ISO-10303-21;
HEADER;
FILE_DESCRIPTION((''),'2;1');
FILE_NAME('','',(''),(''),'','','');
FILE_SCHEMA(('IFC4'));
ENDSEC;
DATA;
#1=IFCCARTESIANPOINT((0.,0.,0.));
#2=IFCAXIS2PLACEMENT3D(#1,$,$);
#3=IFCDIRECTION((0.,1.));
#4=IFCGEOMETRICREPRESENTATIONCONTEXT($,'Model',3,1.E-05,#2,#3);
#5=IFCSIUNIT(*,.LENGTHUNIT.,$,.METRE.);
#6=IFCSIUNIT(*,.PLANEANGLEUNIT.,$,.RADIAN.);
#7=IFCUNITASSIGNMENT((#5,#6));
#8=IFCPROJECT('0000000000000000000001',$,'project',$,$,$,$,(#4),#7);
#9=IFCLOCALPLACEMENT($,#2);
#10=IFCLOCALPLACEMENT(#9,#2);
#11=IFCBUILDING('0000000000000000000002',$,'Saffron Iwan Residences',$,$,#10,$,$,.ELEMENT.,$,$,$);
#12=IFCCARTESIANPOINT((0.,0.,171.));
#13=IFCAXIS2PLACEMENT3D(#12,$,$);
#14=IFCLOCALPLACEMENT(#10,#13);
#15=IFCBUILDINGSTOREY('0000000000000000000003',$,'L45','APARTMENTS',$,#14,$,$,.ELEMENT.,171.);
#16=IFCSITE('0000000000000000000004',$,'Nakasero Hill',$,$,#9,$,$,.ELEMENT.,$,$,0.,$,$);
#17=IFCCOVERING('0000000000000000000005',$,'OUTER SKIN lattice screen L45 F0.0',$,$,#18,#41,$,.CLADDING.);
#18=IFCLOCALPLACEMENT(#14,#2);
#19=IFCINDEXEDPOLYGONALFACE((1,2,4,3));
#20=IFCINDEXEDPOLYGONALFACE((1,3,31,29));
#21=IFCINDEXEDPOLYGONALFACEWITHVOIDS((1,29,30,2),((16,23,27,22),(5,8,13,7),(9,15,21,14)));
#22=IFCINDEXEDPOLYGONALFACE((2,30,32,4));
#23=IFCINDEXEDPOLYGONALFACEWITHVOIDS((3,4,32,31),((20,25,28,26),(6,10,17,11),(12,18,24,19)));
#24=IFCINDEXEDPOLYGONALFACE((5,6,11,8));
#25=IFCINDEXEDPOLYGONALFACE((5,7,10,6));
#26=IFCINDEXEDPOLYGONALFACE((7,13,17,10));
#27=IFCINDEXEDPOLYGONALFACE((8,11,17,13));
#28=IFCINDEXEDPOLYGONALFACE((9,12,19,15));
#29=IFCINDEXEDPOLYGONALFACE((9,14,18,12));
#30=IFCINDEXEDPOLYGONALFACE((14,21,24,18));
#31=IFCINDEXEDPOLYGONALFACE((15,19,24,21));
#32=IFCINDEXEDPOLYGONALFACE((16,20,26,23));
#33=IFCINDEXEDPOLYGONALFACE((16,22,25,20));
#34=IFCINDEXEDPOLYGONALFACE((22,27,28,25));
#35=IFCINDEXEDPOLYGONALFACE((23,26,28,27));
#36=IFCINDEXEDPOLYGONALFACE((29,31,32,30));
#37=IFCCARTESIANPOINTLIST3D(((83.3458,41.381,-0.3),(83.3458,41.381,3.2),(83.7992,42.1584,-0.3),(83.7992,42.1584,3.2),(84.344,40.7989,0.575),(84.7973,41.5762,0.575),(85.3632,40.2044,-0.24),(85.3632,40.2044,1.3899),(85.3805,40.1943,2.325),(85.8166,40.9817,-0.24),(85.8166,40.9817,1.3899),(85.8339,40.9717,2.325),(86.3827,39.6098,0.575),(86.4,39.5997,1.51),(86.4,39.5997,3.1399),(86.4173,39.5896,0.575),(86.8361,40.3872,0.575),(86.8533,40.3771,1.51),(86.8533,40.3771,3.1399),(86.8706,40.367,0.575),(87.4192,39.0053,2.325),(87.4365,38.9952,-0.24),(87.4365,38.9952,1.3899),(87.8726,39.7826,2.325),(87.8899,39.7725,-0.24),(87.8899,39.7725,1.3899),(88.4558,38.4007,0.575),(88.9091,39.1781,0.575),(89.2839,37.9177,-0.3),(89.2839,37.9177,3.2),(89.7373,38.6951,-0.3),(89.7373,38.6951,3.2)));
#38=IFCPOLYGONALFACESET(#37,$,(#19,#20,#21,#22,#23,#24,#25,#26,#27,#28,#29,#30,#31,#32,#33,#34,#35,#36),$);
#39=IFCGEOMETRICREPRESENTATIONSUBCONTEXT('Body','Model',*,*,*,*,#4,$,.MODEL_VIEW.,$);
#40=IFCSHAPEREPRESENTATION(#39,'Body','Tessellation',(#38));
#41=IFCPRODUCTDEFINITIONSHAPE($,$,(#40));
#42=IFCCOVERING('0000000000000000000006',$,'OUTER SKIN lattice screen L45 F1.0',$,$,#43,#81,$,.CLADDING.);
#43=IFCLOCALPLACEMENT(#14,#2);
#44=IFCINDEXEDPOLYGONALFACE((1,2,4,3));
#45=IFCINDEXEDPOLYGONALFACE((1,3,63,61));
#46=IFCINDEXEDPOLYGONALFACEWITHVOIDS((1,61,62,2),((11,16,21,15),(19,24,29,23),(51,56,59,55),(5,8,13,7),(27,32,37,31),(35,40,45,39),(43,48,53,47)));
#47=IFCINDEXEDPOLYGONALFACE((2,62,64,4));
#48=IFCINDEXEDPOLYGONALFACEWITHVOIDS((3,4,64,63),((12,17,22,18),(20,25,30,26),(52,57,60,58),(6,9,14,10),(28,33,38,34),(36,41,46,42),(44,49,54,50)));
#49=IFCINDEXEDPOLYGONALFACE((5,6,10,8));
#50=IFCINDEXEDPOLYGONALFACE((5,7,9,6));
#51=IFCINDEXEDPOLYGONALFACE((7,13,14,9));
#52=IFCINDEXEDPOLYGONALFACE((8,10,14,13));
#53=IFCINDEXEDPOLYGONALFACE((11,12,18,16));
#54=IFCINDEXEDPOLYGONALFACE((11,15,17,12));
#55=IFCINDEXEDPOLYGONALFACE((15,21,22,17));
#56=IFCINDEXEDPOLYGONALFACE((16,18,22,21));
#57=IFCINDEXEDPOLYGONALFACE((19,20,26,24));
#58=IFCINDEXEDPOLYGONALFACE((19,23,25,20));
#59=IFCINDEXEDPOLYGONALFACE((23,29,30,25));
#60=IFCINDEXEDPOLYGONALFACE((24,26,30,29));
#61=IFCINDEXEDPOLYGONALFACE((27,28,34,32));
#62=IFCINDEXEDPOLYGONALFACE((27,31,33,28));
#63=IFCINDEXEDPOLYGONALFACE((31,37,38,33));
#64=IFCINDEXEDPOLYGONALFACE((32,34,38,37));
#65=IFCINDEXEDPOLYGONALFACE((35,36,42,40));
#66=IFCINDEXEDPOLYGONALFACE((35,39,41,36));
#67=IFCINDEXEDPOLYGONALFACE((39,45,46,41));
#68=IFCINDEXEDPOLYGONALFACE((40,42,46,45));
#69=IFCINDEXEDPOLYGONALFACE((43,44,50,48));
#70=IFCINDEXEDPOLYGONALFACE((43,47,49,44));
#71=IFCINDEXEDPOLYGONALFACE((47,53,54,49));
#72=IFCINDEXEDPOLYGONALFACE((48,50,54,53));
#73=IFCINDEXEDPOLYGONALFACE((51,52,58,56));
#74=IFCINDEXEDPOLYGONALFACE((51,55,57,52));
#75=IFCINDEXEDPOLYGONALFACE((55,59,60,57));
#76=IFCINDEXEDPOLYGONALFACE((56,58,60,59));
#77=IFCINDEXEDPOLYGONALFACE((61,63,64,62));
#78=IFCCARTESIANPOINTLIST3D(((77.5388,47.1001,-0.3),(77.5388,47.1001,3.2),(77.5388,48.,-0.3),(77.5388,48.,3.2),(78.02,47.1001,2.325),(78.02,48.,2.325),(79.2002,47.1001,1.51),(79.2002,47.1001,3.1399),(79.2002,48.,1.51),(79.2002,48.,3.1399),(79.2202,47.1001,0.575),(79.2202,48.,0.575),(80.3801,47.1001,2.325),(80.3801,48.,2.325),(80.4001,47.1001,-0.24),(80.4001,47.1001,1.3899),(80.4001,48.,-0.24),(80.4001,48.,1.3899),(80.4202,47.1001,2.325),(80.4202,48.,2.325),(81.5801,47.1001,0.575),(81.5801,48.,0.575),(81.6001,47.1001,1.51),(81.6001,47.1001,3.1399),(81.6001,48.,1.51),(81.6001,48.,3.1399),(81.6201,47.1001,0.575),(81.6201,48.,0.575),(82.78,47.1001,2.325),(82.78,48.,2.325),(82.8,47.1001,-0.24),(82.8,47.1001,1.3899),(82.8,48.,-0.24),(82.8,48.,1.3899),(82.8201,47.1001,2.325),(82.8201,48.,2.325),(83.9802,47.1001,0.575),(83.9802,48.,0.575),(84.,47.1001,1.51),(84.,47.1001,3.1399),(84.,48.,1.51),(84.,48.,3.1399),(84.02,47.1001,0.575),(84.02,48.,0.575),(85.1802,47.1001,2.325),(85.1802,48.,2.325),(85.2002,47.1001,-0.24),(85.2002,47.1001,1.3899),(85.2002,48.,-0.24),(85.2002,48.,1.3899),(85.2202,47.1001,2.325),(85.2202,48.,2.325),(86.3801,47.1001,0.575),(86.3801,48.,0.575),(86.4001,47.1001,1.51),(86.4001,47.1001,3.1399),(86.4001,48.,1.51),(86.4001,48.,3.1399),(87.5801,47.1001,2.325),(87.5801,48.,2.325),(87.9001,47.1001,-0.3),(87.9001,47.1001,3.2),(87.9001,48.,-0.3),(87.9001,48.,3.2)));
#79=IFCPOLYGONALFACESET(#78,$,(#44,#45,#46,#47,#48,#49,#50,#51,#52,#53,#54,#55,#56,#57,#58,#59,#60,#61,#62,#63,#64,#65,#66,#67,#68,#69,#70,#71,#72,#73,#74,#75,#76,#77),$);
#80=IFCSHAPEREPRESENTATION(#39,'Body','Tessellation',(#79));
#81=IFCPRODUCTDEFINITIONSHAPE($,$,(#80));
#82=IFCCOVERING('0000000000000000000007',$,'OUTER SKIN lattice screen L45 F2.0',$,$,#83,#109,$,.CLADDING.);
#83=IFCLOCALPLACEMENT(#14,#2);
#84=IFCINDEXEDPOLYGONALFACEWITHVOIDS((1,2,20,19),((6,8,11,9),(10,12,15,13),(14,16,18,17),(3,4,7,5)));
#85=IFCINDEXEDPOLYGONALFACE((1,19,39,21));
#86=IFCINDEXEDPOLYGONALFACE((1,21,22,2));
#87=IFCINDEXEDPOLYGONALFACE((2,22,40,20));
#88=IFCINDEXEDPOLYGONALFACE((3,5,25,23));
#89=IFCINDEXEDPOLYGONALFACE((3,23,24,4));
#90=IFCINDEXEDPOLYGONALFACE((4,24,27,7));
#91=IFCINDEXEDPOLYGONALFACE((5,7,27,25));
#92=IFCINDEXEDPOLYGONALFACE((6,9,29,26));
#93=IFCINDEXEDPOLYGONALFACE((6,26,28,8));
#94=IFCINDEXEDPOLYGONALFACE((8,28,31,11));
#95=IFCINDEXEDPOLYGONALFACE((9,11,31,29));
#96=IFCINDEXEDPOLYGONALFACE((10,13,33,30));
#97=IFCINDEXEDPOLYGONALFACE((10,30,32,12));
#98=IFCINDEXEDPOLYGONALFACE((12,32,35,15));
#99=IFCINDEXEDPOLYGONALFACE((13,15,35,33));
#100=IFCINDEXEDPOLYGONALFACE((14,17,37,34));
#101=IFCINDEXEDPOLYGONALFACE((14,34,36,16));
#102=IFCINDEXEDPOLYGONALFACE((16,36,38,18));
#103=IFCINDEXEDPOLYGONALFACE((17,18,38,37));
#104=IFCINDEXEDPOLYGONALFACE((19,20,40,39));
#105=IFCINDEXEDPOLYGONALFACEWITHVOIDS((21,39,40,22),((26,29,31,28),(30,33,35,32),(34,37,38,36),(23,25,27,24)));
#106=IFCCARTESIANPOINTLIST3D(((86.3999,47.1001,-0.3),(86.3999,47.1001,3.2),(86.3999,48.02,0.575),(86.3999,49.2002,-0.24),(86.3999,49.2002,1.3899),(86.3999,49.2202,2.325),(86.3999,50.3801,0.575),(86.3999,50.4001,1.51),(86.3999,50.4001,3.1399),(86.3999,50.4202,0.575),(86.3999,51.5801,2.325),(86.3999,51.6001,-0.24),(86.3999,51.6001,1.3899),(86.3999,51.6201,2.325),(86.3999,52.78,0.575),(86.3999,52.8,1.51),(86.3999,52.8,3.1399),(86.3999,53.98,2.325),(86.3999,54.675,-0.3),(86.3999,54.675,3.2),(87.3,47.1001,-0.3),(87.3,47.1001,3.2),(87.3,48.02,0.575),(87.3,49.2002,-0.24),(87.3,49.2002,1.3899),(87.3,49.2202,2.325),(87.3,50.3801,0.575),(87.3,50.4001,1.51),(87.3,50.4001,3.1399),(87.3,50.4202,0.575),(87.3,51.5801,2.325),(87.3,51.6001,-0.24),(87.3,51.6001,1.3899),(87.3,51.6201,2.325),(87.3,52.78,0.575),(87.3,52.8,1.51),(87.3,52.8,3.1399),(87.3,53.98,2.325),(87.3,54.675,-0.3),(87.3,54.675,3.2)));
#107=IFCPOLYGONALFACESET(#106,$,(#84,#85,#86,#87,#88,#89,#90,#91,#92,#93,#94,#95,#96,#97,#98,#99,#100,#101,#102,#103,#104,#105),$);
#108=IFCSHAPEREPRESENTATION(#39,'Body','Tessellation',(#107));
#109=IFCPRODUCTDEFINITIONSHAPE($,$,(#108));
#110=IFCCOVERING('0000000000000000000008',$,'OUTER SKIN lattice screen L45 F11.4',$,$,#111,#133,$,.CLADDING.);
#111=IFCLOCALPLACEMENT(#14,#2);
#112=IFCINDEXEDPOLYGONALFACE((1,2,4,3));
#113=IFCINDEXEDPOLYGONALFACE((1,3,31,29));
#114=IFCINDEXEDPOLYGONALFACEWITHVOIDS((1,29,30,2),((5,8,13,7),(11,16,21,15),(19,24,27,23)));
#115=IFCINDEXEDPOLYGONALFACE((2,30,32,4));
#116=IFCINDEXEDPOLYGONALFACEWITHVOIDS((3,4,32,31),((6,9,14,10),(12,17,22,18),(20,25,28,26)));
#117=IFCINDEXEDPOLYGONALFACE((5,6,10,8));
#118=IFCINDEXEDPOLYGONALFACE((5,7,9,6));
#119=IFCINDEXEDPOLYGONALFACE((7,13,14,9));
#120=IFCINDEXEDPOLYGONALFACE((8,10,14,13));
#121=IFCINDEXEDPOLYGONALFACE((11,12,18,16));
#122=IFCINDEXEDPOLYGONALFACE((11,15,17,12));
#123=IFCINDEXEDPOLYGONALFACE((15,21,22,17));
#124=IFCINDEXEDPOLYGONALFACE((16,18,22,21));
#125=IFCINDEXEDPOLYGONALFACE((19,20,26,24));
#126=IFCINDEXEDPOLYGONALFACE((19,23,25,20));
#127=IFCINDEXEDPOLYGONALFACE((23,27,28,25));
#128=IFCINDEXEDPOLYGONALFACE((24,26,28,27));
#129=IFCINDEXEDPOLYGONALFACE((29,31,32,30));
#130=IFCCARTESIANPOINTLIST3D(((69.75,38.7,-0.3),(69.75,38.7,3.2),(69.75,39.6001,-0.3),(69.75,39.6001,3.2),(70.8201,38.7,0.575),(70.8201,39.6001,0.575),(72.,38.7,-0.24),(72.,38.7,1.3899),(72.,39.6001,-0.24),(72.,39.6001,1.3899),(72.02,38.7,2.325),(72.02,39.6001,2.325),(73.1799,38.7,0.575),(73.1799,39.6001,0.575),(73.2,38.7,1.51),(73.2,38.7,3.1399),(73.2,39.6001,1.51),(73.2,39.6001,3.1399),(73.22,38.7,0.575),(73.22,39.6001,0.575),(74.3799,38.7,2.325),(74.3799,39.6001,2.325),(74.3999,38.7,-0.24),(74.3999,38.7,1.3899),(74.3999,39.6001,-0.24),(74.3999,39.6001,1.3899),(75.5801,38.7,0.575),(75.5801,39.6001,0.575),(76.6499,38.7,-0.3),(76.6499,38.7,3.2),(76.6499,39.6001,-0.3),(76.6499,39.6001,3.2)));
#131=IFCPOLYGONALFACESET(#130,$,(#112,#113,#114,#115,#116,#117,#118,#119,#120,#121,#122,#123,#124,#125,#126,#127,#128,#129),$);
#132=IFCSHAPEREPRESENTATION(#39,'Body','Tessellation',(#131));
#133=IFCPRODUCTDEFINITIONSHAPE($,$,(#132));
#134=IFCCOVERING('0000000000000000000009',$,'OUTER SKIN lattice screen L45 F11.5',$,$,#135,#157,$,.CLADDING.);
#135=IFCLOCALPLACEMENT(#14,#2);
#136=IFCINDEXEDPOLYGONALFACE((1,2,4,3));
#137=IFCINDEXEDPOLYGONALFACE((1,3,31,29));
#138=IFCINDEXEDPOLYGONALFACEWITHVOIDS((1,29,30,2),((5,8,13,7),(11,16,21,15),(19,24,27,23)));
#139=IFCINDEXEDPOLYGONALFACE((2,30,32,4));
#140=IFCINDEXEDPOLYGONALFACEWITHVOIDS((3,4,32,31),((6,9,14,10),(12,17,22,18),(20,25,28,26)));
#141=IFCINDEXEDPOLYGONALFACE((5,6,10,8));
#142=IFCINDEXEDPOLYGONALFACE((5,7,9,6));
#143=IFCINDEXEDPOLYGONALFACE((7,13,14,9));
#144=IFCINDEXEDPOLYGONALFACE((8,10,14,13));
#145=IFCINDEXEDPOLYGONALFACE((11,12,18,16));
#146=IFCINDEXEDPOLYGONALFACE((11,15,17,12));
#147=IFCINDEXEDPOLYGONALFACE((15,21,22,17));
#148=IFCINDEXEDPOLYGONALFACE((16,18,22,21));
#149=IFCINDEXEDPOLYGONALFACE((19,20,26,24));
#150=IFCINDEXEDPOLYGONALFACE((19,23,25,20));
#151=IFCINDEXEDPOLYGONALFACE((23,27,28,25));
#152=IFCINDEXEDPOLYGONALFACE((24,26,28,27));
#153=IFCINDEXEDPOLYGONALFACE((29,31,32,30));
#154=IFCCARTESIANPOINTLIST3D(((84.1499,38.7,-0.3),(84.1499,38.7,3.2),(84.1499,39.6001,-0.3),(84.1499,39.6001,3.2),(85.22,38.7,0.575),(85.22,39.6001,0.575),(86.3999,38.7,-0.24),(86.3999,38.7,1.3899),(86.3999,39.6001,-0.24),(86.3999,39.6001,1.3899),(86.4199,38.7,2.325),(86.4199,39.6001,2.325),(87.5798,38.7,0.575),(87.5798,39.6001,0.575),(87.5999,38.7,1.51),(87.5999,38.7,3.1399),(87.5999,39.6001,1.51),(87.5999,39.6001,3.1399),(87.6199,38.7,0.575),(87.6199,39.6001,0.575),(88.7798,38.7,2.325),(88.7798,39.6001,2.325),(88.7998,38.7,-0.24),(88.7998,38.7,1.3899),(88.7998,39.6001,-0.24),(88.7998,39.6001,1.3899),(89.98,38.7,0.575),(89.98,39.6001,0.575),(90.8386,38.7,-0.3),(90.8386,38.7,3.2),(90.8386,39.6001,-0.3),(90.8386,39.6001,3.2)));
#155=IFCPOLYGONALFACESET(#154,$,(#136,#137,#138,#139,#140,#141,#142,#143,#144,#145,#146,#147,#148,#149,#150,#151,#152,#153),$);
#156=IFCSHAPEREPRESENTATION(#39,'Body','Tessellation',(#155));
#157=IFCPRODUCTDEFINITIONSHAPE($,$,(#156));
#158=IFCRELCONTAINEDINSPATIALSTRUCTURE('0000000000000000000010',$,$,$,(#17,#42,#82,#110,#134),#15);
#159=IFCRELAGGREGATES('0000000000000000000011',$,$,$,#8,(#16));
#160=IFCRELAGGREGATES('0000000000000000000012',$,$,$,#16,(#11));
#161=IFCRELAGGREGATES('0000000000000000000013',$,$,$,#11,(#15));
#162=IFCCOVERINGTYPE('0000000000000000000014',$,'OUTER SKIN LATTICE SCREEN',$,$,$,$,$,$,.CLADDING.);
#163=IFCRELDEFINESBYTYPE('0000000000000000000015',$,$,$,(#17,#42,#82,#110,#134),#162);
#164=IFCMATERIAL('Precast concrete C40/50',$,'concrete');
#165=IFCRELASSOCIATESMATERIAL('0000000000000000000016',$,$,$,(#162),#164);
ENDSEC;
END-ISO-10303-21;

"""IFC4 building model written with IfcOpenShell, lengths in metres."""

from ifc_helpers import new_model, si_unit, direction, frame, origin, place, context, subcontext, project, spatial, polyline, outline, extrude, material, type_object, element, save


model = new_model("IFC4")

# Units and contexts
model_context = context("Model", 3, precision=1e-05, world=origin(), true_north=direction((0.0, 1.0)))
body_context = subcontext(model_context, "Body", "Model", "MODEL_VIEW")
ifc_project = project(units=[si_unit("LENGTHUNIT", "METRE"), si_unit("PLANEANGLEUNIT", "RADIAN")], contexts=[model_context])

# Site, building, storey
site_placement = place(None, origin())
site = spatial("IfcSite", under=ifc_project, at=site_placement, Name="Nakasero Hill", CompositionType="ELEMENT", RefElevation=0.0)
building_placement = place(site_placement, origin())
building = spatial("IfcBuilding", under=site, at=building_placement, Name="Saffron Iwan Residences", CompositionType="ELEMENT")
storey_placement = place(building_placement, frame((0.0, 0.0, 171.0)))
storey = spatial("IfcBuildingStorey", under=building, at=storey_placement, Name="L45", Description="APARTMENTS", CompositionType="ELEMENT", Elevation=171.0)

# Coverings
ifc_material_1 = material(Name="Precast concrete C40/50", Category="concrete")
covering_type = type_object("IfcCoveringType", Name="OUTER SKIN LATTICE SCREEN", PredefinedType="CLADDING", material=ifc_material_1)
covering_1_placement = place(storey_placement, frame((89.2839, 37.9177, -0.3), z_axis=(0.503804, 0.863818, 0.0), x_axis=(-0.863818, 0.503804, 0.0)))
element("IfcCovering", 1, at=covering_1_placement, inside=storey, type_object=covering_type, Name="OUTER SKIN lattice screen L45 F0.0", PredefinedType="CLADDING", context=body_context, shape_type="SweptSolid", body=[
    extrude(outline(polyline([(0.0, 0.0), (6.8743, 0.0), (6.8743, 3.5), (0.0, 3.5), (0.0, 0.0)]), holes=[polyline([(0.9587, 0.875), (2.1387, 0.0601), (3.3186, 0.875), (2.1387, 1.6899), (0.9587, 0.875)]), polyline([(3.3586, 0.875), (4.5388, 0.0601), (5.7188, 0.875), (4.5388, 1.6899), (3.3586, 0.875)]), polyline([(2.1587, 2.625), (3.3386, 1.8101), (4.5188, 2.625), (3.3386, 3.4399), (2.1587, 2.625)])]), origin(), (0.0, 0.0, 1.0), 0.8999),
])
covering_2_placement = place(storey_placement, frame((77.5388, 48.0, -0.3), z_axis=(0.0, -1.0, 0.0), x_axis=(1.0, 0.0, 0.0)))
element("IfcCovering", 2, at=covering_2_placement, inside=storey, type_object=covering_type, Name="OUTER SKIN lattice screen L45 F1.0", PredefinedType="CLADDING", context=body_context, shape_type="SweptSolid", body=[
    extrude(outline(polyline([(0.0, 0.0), (10.3613, 0.0), (10.3613, 3.5), (0.0, 3.5), (0.0, 0.0)]), holes=[polyline([(1.6814, 0.875), (2.8613, 0.0601), (4.0413, 0.875), (2.8613, 1.6899), (1.6814, 0.875)]), polyline([(4.0813, 0.875), (5.2612, 0.0601), (6.4414, 0.875), (5.2612, 1.6899), (4.0813, 0.875)]), polyline([(6.4812, 0.875), (7.6614, 0.0601), (8.8413, 0.875), (7.6614, 1.6899), (6.4812, 0.875)]), polyline([(0.4812, 2.625), (1.6614, 1.8101), (2.8413, 2.625), (1.6614, 3.4399), (0.4812, 2.625)]), polyline([(2.8813, 2.625), (4.0613, 1.8101), (5.2412, 2.625), (4.0613, 3.4399), (2.8813, 2.625)]), polyline([(5.2812, 2.625), (6.4612, 1.8101), (7.6414, 2.625), (6.4612, 3.4399), (5.2812, 2.625)]), polyline([(7.6814, 2.625), (8.8613, 1.8101), (10.0413, 2.625), (8.8613, 3.4399), (7.6814, 2.625)])]), origin(), (0.0, 0.0, 1.0), 0.8999),
])
covering_3_placement = place(storey_placement, frame((86.3999, 47.1001, -0.3), z_axis=(1.0, 0.0, 0.0), x_axis=(0.0, 1.0, 0.0)))
element("IfcCovering", 3, at=covering_3_placement, inside=storey, type_object=covering_type, Name="OUTER SKIN lattice screen L45 F2.0", PredefinedType="CLADDING", context=body_context, shape_type="SweptSolid", body=[
    extrude(outline(polyline([(0.0, 0.0), (7.575, 0.0), (7.575, 3.5), (0.0, 3.5), (0.0, 0.0)]), holes=[polyline([(0.9199, 0.875), (2.1001, 0.0601), (3.28, 0.875), (2.1001, 1.6899), (0.9199, 0.875)]), polyline([(3.3201, 0.875), (4.5, 0.0601), (5.6799, 0.875), (4.5, 1.6899), (3.3201, 0.875)]), polyline([(2.1201, 2.625), (3.3, 1.8101), (4.48, 2.625), (3.3, 3.4399), (2.1201, 2.625)]), polyline([(4.52, 2.625), (5.7, 1.8101), (6.8799, 2.625), (5.7, 3.4399), (4.52, 2.625)])]), origin(), (0.0, 0.0, 1.0), 0.9001),
])
covering_4_placement = place(storey_placement, frame((69.75, 39.6001, -0.3), z_axis=(0.0, -1.0, 0.0), x_axis=(1.0, 0.0, 0.0)))
element("IfcCovering", 4, at=covering_4_placement, inside=storey, type_object=covering_type, Name="OUTER SKIN lattice screen L45 F11.4", PredefinedType="CLADDING", context=body_context, shape_type="SweptSolid", body=[
    extrude(outline(polyline([(0.0, 0.0), (6.8999, 0.0), (6.8999, 3.5), (0.0, 3.5), (0.0, 0.0)]), holes=[polyline([(1.0701, 0.875), (2.25, 0.0601), (3.4299, 0.875), (2.25, 1.6899), (1.0701, 0.875)]), polyline([(3.47, 0.875), (4.6499, 0.0601), (5.8301, 0.875), (4.6499, 1.6899), (3.47, 0.875)]), polyline([(2.27, 2.625), (3.45, 1.8101), (4.6299, 2.625), (3.45, 3.4399), (2.27, 2.625)])]), origin(), (0.0, 0.0, 1.0), 0.9001),
])
covering_5_placement = place(storey_placement, frame((84.1499, 39.6001, -0.3), z_axis=(0.0, -1.0, 0.0), x_axis=(1.0, 0.0, 0.0)))
element("IfcCovering", 5, at=covering_5_placement, inside=storey, type_object=covering_type, Name="OUTER SKIN lattice screen L45 F11.5", PredefinedType="CLADDING", context=body_context, shape_type="SweptSolid", body=[
    extrude(outline(polyline([(0.0, 0.0), (6.6887, 0.0), (6.6887, 3.5), (0.0, 3.5), (0.0, 0.0)]), holes=[polyline([(1.0701, 0.875), (2.25, 0.0601), (3.4299, 0.875), (2.25, 1.6899), (1.0701, 0.875)]), polyline([(3.47, 0.875), (4.6499, 0.0601), (5.8301, 0.875), (4.6499, 1.6899), (3.47, 0.875)]), polyline([(2.27, 2.625), (3.45, 1.8101), (4.6299, 2.625), (3.45, 3.4399), (2.27, 2.625)])]), origin(), (0.0, 0.0, 1.0), 0.9001),
])

save(model, "model.ifc")
